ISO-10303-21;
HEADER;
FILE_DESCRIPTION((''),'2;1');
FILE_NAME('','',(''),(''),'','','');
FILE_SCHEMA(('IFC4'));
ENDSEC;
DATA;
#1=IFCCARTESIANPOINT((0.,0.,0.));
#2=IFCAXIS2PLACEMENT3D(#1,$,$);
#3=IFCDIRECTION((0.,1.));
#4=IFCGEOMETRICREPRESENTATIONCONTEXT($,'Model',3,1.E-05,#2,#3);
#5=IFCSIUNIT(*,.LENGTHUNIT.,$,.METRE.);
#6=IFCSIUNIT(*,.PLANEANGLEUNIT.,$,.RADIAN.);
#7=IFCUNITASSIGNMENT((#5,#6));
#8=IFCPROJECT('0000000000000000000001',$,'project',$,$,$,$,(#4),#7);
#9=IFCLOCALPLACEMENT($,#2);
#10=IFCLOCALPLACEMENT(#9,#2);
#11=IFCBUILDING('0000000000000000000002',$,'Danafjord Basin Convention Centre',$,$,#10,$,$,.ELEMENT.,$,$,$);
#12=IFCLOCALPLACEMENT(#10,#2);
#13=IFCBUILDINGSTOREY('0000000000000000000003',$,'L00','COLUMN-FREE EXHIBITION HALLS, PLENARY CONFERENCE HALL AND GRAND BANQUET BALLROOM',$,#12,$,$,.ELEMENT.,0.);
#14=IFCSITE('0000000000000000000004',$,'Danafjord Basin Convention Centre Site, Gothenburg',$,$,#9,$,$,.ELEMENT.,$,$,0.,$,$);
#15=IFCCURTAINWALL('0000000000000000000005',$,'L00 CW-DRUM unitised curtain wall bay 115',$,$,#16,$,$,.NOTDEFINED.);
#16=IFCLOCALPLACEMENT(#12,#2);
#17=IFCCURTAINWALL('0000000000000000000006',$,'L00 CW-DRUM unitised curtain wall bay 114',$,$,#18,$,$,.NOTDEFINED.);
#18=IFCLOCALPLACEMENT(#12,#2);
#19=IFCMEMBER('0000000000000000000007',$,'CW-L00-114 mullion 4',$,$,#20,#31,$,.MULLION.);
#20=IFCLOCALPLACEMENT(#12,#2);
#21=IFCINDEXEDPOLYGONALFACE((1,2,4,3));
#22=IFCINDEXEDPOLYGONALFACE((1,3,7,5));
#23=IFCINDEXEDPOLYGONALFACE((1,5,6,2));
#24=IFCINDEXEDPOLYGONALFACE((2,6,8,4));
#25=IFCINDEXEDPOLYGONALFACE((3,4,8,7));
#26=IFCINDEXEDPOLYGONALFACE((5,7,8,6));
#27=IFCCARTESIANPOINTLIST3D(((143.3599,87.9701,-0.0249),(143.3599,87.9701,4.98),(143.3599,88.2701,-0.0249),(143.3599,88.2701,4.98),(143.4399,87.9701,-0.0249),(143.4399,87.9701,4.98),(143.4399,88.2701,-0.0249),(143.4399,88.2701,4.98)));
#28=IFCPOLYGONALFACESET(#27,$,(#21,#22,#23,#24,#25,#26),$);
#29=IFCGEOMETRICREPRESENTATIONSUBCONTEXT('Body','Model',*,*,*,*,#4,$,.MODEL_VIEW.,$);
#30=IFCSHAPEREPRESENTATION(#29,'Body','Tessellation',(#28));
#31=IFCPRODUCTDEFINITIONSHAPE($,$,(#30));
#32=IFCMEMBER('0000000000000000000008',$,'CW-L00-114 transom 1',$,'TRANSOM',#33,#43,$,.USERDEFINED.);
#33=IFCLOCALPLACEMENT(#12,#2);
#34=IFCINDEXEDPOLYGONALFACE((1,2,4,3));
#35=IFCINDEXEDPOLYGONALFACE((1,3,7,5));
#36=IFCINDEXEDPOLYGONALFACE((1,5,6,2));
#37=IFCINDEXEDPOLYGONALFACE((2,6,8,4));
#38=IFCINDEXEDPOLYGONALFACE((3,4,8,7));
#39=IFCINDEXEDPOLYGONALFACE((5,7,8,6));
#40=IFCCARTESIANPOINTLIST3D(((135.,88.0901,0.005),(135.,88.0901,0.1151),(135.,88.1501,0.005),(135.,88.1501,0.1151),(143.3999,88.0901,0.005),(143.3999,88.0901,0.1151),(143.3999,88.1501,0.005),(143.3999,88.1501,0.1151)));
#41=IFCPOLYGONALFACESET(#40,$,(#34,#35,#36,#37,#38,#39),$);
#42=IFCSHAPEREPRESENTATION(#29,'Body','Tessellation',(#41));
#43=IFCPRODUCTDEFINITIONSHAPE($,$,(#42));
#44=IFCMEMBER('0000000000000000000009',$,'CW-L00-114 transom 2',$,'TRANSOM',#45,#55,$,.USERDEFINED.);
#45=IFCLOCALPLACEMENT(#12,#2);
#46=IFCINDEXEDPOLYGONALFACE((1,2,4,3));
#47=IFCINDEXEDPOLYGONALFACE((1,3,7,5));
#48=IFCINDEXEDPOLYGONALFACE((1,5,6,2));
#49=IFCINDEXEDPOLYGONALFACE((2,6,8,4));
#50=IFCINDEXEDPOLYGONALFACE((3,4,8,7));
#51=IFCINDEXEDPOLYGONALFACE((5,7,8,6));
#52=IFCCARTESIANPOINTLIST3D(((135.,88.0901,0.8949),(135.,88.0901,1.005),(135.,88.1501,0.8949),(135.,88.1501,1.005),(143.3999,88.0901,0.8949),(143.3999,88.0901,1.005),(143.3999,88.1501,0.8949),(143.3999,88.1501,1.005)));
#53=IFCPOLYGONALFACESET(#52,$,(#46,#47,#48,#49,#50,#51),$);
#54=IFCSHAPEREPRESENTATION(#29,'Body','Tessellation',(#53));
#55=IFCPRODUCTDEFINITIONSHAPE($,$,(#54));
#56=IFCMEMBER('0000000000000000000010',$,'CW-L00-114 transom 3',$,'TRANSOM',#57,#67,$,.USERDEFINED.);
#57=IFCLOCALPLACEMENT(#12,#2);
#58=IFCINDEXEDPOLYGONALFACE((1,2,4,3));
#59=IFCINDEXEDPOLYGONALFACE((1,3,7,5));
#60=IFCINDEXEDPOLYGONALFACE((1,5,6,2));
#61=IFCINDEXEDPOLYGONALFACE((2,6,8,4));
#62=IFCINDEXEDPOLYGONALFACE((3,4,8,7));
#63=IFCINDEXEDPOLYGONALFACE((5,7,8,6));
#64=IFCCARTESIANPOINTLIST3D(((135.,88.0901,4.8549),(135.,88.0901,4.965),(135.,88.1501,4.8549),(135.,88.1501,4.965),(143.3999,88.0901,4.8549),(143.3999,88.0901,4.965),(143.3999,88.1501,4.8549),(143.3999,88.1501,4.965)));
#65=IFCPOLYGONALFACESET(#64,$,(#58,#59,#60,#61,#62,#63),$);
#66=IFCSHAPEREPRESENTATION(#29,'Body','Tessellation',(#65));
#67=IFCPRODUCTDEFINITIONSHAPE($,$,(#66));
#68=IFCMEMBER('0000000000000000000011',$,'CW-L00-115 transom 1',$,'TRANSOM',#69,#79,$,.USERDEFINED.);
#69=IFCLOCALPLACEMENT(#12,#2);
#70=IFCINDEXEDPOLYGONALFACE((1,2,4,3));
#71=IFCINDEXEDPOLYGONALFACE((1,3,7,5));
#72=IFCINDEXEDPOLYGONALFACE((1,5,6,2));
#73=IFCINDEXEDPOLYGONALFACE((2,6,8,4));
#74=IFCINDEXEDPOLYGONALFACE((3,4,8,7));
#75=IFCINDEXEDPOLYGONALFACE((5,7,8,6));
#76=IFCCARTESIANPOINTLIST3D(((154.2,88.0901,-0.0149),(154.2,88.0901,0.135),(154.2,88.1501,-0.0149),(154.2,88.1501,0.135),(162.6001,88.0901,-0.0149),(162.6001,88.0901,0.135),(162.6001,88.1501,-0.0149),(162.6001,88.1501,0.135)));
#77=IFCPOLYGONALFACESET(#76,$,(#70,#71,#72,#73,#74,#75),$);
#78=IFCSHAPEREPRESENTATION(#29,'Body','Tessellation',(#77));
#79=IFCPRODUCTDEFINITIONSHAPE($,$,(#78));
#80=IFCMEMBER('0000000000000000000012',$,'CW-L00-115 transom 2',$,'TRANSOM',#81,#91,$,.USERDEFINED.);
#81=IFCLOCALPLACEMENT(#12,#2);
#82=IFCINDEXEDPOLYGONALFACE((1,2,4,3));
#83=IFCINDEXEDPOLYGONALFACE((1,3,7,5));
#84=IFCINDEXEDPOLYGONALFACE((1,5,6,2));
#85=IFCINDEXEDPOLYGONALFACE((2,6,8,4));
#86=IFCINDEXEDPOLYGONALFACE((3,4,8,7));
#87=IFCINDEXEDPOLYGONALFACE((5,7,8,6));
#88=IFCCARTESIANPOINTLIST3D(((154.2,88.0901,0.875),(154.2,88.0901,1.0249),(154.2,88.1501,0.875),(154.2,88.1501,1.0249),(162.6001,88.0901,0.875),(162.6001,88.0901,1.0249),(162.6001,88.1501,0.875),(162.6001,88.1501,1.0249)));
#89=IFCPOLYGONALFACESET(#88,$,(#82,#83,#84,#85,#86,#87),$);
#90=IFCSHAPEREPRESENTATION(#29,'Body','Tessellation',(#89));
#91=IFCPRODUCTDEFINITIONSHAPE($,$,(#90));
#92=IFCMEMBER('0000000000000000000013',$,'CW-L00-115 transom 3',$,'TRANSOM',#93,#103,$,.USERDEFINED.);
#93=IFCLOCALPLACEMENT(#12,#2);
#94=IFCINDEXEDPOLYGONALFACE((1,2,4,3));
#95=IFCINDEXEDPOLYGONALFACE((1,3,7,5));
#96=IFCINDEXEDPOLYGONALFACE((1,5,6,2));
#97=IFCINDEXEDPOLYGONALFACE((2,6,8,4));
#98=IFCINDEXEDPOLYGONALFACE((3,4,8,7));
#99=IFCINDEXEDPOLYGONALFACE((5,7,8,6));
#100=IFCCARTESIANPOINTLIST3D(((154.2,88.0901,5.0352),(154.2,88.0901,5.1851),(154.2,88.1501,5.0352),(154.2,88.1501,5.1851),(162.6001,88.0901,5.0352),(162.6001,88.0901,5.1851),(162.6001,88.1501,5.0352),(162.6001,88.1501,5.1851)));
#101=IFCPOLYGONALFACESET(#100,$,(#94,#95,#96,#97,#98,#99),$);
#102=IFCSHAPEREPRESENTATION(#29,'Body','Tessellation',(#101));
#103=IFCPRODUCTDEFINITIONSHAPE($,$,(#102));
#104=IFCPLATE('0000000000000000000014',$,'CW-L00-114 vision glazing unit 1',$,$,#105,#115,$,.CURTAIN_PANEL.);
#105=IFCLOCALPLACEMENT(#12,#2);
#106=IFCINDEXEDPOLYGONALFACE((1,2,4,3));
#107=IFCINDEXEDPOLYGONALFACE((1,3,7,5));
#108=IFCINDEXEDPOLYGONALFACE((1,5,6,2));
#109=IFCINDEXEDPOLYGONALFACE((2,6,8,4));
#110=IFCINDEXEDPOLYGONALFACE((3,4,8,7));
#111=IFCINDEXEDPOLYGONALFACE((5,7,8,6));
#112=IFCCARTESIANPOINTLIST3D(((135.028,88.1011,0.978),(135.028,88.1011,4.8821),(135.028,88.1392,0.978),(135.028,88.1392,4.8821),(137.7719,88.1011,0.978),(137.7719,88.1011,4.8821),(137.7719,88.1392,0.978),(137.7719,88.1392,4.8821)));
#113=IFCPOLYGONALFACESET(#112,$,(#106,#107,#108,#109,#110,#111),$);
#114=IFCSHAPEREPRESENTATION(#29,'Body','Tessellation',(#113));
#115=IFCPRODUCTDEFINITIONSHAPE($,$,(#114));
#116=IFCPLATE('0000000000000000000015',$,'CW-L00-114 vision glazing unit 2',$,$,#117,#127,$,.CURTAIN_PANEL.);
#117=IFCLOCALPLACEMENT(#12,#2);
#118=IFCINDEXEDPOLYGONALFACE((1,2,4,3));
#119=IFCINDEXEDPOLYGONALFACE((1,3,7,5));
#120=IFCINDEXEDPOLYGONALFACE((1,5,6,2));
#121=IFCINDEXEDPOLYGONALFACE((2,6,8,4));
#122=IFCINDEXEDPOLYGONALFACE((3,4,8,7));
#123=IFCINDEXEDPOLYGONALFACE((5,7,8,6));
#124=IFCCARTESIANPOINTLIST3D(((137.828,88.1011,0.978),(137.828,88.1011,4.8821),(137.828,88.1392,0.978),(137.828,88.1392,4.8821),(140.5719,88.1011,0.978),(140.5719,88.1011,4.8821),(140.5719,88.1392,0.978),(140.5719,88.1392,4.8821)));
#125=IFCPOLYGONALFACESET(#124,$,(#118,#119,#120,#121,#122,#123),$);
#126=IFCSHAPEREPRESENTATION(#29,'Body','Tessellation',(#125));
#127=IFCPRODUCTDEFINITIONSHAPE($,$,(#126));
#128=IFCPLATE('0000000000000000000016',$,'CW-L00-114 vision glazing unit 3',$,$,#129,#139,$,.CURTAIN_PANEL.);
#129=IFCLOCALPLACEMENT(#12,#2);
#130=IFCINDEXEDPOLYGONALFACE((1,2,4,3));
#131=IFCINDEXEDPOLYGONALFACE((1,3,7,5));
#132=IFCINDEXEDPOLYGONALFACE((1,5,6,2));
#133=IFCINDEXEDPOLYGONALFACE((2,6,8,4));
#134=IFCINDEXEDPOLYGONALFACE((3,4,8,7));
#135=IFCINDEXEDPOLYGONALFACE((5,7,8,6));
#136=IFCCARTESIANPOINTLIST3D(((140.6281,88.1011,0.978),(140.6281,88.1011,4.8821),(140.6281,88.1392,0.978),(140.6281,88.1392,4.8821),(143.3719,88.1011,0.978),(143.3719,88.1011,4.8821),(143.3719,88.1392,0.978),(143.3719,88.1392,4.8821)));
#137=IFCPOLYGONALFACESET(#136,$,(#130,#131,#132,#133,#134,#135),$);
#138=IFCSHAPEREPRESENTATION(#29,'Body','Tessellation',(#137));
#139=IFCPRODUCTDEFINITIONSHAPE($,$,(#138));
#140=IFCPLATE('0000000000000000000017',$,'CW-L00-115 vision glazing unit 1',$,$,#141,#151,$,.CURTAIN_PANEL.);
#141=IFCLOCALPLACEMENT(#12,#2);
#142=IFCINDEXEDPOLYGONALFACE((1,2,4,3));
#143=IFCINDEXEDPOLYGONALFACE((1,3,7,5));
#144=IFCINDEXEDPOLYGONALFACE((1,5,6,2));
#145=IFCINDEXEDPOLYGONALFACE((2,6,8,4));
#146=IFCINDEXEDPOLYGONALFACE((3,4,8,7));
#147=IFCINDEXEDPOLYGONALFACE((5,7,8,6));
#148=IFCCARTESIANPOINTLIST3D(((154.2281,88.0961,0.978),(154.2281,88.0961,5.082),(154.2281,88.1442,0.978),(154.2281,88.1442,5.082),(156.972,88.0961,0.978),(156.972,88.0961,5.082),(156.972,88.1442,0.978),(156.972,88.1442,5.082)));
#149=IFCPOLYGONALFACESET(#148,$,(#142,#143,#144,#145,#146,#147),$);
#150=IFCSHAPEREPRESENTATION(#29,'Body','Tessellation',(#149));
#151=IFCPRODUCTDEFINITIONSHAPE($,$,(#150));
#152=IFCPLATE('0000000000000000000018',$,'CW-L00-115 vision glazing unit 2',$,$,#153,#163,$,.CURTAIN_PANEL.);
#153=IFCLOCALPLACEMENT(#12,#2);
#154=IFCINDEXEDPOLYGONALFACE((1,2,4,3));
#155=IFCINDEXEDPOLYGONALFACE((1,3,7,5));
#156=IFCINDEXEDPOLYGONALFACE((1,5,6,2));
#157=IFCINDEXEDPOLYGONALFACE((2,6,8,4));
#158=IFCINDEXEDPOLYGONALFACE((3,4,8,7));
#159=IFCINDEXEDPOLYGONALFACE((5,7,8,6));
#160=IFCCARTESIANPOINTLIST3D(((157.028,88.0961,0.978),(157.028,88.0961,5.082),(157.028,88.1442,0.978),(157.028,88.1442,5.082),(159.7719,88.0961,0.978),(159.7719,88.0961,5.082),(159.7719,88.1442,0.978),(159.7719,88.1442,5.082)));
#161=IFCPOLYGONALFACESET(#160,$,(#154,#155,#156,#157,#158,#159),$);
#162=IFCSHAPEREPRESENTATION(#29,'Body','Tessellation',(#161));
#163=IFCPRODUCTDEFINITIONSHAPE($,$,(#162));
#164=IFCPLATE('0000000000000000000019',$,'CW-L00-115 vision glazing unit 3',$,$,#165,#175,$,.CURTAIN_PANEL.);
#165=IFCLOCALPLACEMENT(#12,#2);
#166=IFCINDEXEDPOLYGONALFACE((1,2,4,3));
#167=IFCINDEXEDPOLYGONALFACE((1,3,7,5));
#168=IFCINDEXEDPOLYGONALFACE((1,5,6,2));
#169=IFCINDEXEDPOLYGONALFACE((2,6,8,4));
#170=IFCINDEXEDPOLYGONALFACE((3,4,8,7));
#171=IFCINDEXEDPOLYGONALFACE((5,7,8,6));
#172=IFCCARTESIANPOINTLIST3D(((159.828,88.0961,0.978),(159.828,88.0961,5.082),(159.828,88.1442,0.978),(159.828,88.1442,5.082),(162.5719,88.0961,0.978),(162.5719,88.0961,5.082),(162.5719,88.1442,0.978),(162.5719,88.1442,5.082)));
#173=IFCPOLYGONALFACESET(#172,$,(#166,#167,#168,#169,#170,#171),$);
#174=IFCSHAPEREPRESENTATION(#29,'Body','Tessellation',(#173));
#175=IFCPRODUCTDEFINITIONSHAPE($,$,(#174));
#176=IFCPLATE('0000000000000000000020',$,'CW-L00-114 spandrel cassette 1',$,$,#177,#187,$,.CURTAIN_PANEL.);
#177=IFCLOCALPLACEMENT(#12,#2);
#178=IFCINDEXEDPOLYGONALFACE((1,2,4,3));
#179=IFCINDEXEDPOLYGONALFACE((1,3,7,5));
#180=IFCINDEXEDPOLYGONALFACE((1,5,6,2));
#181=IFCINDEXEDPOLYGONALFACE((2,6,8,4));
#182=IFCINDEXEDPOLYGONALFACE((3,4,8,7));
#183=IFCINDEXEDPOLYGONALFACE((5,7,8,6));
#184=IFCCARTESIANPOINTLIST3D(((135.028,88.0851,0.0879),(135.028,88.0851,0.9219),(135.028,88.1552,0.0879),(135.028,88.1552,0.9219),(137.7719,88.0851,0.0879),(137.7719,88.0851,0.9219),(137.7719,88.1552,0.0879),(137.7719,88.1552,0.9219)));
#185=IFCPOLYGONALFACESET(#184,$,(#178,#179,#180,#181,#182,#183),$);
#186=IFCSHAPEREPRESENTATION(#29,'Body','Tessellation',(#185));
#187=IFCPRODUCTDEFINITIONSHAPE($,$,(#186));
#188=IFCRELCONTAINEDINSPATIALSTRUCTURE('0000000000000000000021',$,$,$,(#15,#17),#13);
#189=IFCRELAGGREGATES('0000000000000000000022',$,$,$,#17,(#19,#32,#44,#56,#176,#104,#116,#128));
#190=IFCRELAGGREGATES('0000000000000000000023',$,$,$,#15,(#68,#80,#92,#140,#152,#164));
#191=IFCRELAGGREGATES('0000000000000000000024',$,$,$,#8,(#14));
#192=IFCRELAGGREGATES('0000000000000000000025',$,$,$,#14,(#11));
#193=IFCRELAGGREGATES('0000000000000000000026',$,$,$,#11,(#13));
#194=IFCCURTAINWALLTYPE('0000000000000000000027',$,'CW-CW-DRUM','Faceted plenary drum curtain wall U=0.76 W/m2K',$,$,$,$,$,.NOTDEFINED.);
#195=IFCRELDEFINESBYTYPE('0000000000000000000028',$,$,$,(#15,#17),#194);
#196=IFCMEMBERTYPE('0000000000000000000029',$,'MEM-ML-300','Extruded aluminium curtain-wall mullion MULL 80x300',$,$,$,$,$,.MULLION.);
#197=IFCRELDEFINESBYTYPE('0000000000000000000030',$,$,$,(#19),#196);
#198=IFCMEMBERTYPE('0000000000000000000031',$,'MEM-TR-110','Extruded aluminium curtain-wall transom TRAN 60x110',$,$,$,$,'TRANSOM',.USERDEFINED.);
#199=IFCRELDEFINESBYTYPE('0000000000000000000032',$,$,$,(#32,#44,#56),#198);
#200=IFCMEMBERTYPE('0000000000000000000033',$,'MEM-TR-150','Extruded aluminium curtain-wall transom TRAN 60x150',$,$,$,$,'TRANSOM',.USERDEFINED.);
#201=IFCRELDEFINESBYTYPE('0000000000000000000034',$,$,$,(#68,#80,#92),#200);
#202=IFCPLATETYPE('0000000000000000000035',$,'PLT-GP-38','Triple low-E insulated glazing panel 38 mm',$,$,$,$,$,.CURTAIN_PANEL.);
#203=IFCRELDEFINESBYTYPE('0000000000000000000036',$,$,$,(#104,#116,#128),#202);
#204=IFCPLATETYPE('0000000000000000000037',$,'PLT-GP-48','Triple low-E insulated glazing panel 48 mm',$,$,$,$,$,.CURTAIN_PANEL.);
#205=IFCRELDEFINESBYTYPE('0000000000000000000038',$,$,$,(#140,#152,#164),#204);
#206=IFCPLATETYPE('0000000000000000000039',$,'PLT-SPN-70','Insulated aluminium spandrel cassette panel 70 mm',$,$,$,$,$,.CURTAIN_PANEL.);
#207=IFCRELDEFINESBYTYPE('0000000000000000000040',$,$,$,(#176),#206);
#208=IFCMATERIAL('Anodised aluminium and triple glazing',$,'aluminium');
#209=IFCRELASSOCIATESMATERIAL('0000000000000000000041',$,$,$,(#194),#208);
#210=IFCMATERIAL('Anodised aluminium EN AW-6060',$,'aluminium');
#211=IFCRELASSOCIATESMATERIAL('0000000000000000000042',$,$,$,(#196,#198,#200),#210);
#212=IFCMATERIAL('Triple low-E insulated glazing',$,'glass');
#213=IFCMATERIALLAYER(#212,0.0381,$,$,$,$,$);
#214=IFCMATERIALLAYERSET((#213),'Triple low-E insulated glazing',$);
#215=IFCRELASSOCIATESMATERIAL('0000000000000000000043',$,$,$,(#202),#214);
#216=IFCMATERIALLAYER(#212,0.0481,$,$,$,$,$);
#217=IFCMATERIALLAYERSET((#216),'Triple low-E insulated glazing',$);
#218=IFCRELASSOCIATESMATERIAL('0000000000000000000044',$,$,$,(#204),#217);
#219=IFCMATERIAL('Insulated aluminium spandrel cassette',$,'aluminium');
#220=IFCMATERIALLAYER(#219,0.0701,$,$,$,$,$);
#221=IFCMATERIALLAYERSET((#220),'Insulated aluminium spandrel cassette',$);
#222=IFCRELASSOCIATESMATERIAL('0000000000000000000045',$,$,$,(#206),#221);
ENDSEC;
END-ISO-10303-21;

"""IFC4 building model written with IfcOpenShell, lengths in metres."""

from ifc_helpers import new_model, si_unit, direction, frame, origin, origin_2d, place, context, subcontext, project, spatial, rectangle, extrude, material, layer, layer_set, material_profile, profile_set, type_object, element, aggregate, save


model = new_model("IFC4")

# Units and contexts
model_context = context("Model", 3, precision=1e-05, world=origin(), true_north=direction((0.0, 1.0)))
body_context = subcontext(model_context, "Body", "Model", "MODEL_VIEW")
ifc_project = project(units=[si_unit("LENGTHUNIT", "METRE"), si_unit("PLANEANGLEUNIT", "RADIAN")], contexts=[model_context])

# Site, building, storey
site_placement = place(None, origin())
site = spatial("IfcSite", under=ifc_project, at=site_placement, Name="Danafjord Basin Convention Centre Site, Gothenburg", CompositionType="ELEMENT", RefElevation=0.0)
building_placement = place(site_placement, origin())
building = spatial("IfcBuilding", under=site, at=building_placement, Name="Danafjord Basin Convention Centre", CompositionType="ELEMENT")
storey_placement = place(building_placement, origin())
storey = spatial("IfcBuildingStorey", under=building, at=storey_placement, Name="L00", Description="COLUMN-FREE EXHIBITION HALLS, PLENARY CONFERENCE HALL AND GRAND BANQUET BALLROOM", CompositionType="ELEMENT", Elevation=0.0)

# Curtain walls, members
ifc_material_1 = material(Name="Anodised aluminium and triple glazing", Category="aluminium")
curtain_wall_type = type_object("IfcCurtainWallType", Name="CW-CW-DRUM", Description="Faceted plenary drum curtain wall U=0.76 W/m2K", PredefinedType="NOTDEFINED", material=ifc_material_1)
curtain_wall_1_placement = place(storey_placement, origin())
curtain_wall_1 = element("IfcCurtainWall", 1, at=curtain_wall_1_placement, inside=storey, type_object=curtain_wall_type, Name="L00 CW-DRUM unitised curtain wall bay 115", PredefinedType="NOTDEFINED")
ifc_material_2 = material(Name="Anodised aluminium EN AW-6060", Category="aluminium")
curtain_wall_2_placement = place(storey_placement, origin())
curtain_wall_2 = element("IfcCurtainWall", 2, at=curtain_wall_2_placement, inside=storey, type_object=curtain_wall_type, Name="L00 CW-DRUM unitised curtain wall bay 114", PredefinedType="NOTDEFINED")
ifc_material_profile_1 = material_profile(ifc_material_2, rectangle(XDim=0.0801, YDim=0.3, at=origin_2d()), Name="MULL 80x300")
ifc_profile_set_1 = profile_set([ifc_material_profile_1], Name="Anodised aluminium EN AW-6060")
member_type_1 = type_object("IfcMemberType", Name="MEM-ML-300", Description="Extruded aluminium curtain-wall mullion MULL 80x300", PredefinedType="MULLION", material=ifc_profile_set_1)
member_1_placement = place(storey_placement, frame((143.3999, 88.1201, -0.0249), z_axis=(0.0, 0.0, 1.0), x_axis=(1.0, 0.0, 0.0)))
member_1 = element("IfcMember", 3, at=member_1_placement, type_object=member_type_1, Name="CW-L00-114 mullion 4", PredefinedType="MULLION", context=body_context, shape_type="SweptSolid", body=[
    extrude(rectangle(XDim=0.0801, YDim=0.3, at=origin_2d()), origin(), (0.0, 0.0, 1.0), 5.0049),
])
ifc_material_profile_2 = material_profile(ifc_material_2, rectangle(XDim=0.0601, YDim=0.1101, at=origin_2d()), Name="TRAN 60x110")
ifc_profile_set_2 = profile_set([ifc_material_profile_2], Name="Anodised aluminium EN AW-6060")
member_type_2 = type_object("IfcMemberType", Name="MEM-TR-110", Description="Extruded aluminium curtain-wall transom TRAN 60x110", ElementType="TRANSOM", PredefinedType="USERDEFINED", material=ifc_profile_set_2)
member_2_placement = place(storey_placement, frame((135.0, 88.1201, 0.0601), z_axis=(1.0, 0.0, 0.0), x_axis=(0.0, 1.0, 0.0)))
member_2 = element("IfcMember", 4, at=member_2_placement, type_object=member_type_2, Name="CW-L00-114 transom 1", ObjectType="TRANSOM", PredefinedType="USERDEFINED", context=body_context, shape_type="SweptSolid", body=[
    extrude(rectangle(XDim=0.0601, YDim=0.1101, at=origin_2d()), origin(), (0.0, 0.0, 1.0), 8.3999),
])
member_3_placement = place(storey_placement, frame((135.0, 88.1201, 0.95), z_axis=(1.0, 0.0, 0.0), x_axis=(0.0, 1.0, 0.0)))
member_3 = element("IfcMember", 5, at=member_3_placement, type_object=member_type_2, Name="CW-L00-114 transom 2", ObjectType="TRANSOM", PredefinedType="USERDEFINED", context=body_context, shape_type="SweptSolid", body=[
    extrude(rectangle(XDim=0.0601, YDim=0.1101, at=origin_2d()), origin(), (0.0, 0.0, 1.0), 8.3999),
])
member_4_placement = place(storey_placement, frame((135.0, 88.1201, 4.9099), z_axis=(1.0, 0.0, 0.0), x_axis=(0.0, 1.0, 0.0)))
member_4 = element("IfcMember", 6, at=member_4_placement, type_object=member_type_2, Name="CW-L00-114 transom 3", ObjectType="TRANSOM", PredefinedType="USERDEFINED", context=body_context, shape_type="SweptSolid", body=[
    extrude(rectangle(XDim=0.0601, YDim=0.1101, at=origin_2d()), origin(), (0.0, 0.0, 1.0), 8.3999),
])

# Members
ifc_material_profile_3 = material_profile(ifc_material_2, rectangle(XDim=0.0601, YDim=0.1499, at=origin_2d()), Name="TRAN 60x150")
ifc_profile_set_3 = profile_set([ifc_material_profile_3], Name="Anodised aluminium EN AW-6060")
member_type_3 = type_object("IfcMemberType", Name="MEM-TR-150", Description="Extruded aluminium curtain-wall transom TRAN 60x150", ElementType="TRANSOM", PredefinedType="USERDEFINED", material=ifc_profile_set_3)
member_5_placement = place(storey_placement, frame((154.2, 88.1201, 0.0601), z_axis=(1.0, 0.0, 0.0), x_axis=(0.0, 1.0, 0.0)))
member_5 = element("IfcMember", 7, at=member_5_placement, type_object=member_type_3, Name="CW-L00-115 transom 1", ObjectType="TRANSOM", PredefinedType="USERDEFINED", context=body_context, shape_type="SweptSolid", body=[
    extrude(rectangle(XDim=0.0601, YDim=0.1499, at=origin_2d()), origin(), (0.0, 0.0, 1.0), 8.4001),
])
member_6_placement = place(storey_placement, frame((154.2, 88.1201, 0.95), z_axis=(1.0, 0.0, 0.0), x_axis=(0.0, 1.0, 0.0)))
member_6 = element("IfcMember", 8, at=member_6_placement, type_object=member_type_3, Name="CW-L00-115 transom 2", ObjectType="TRANSOM", PredefinedType="USERDEFINED", context=body_context, shape_type="SweptSolid", body=[
    extrude(rectangle(XDim=0.0601, YDim=0.1499, at=origin_2d()), origin(), (0.0, 0.0, 1.0), 8.4001),
])
member_7_placement = place(storey_placement, frame((154.2, 88.1201, 5.1101), z_axis=(1.0, 0.0, 0.0), x_axis=(0.0, 1.0, 0.0)))
member_7 = element("IfcMember", 9, at=member_7_placement, type_object=member_type_3, Name="CW-L00-115 transom 3", ObjectType="TRANSOM", PredefinedType="USERDEFINED", context=body_context, shape_type="SweptSolid", body=[
    extrude(rectangle(XDim=0.0601, YDim=0.1499, at=origin_2d()), origin(), (0.0, 0.0, 1.0), 8.4001),
])

# Plates
ifc_material_3 = material(Name="Triple low-E insulated glazing", Category="glass")
ifc_layer_1 = layer(ifc_material_3, 0.0381)
ifc_layer_set_1 = layer_set([ifc_layer_1], Name="Triple low-E insulated glazing")
plate_type_1 = type_object("IfcPlateType", Name="PLT-GP-38", Description="Triple low-E insulated glazing panel 38 mm", PredefinedType="CURTAIN_PANEL", material=ifc_layer_set_1)
plate_1_placement = place(storey_placement, frame((136.3999, 88.1201, 0.978), z_axis=(0.0, 0.0, 1.0), x_axis=(1.0, 0.0, 0.0)))
plate_1 = element("IfcPlate", 10, at=plate_1_placement, type_object=plate_type_1, Name="CW-L00-114 vision glazing unit 1", PredefinedType="CURTAIN_PANEL", context=body_context, shape_type="SweptSolid", body=[
    extrude(rectangle(XDim=2.7439, YDim=0.0381, at=origin_2d()), origin(), (0.0, 0.0, 1.0), 3.9041),
])
plate_2_placement = place(storey_placement, frame((139.2, 88.1201, 0.978), z_axis=(0.0, 0.0, 1.0), x_axis=(1.0, 0.0, 0.0)))
plate_2 = element("IfcPlate", 11, at=plate_2_placement, type_object=plate_type_1, Name="CW-L00-114 vision glazing unit 2", PredefinedType="CURTAIN_PANEL", context=body_context, shape_type="SweptSolid", body=[
    extrude(rectangle(XDim=2.7439, YDim=0.0381, at=origin_2d()), origin(), (0.0, 0.0, 1.0), 3.9041),
])
plate_3_placement = place(storey_placement, frame((142.0, 88.1201, 0.978), z_axis=(0.0, 0.0, 1.0), x_axis=(1.0, 0.0, 0.0)))
plate_3 = element("IfcPlate", 12, at=plate_3_placement, type_object=plate_type_1, Name="CW-L00-114 vision glazing unit 3", PredefinedType="CURTAIN_PANEL", context=body_context, shape_type="SweptSolid", body=[
    extrude(rectangle(XDim=2.7439, YDim=0.0381, at=origin_2d()), origin(), (0.0, 0.0, 1.0), 3.9041),
])
ifc_layer_2 = layer(ifc_material_3, 0.0481)
ifc_layer_set_2 = layer_set([ifc_layer_2], Name="Triple low-E insulated glazing")
plate_type_2 = type_object("IfcPlateType", Name="PLT-GP-48", Description="Triple low-E insulated glazing panel 48 mm", PredefinedType="CURTAIN_PANEL", material=ifc_layer_set_2)
plate_4_placement = place(storey_placement, frame((155.6001, 88.1201, 0.978), z_axis=(0.0, 0.0, 1.0), x_axis=(1.0, 0.0, 0.0)))
plate_4 = element("IfcPlate", 13, at=plate_4_placement, type_object=plate_type_2, Name="CW-L00-115 vision glazing unit 1", PredefinedType="CURTAIN_PANEL", context=body_context, shape_type="SweptSolid", body=[
    extrude(rectangle(XDim=2.7439, YDim=0.0481, at=origin_2d()), origin(), (0.0, 0.0, 1.0), 4.104),
])
plate_5_placement = place(storey_placement, frame((158.3999, 88.1201, 0.978), z_axis=(0.0, 0.0, 1.0), x_axis=(1.0, 0.0, 0.0)))
plate_5 = element("IfcPlate", 14, at=plate_5_placement, type_object=plate_type_2, Name="CW-L00-115 vision glazing unit 2", PredefinedType="CURTAIN_PANEL", context=body_context, shape_type="SweptSolid", body=[
    extrude(rectangle(XDim=2.7439, YDim=0.0481, at=origin_2d()), origin(), (0.0, 0.0, 1.0), 4.104),
])
plate_6_placement = place(storey_placement, frame((161.2, 88.1201, 0.978), z_axis=(0.0, 0.0, 1.0), x_axis=(1.0, 0.0, 0.0)))
plate_6 = element("IfcPlate", 15, at=plate_6_placement, type_object=plate_type_2, Name="CW-L00-115 vision glazing unit 3", PredefinedType="CURTAIN_PANEL", context=body_context, shape_type="SweptSolid", body=[
    extrude(rectangle(XDim=2.7439, YDim=0.0481, at=origin_2d()), origin(), (0.0, 0.0, 1.0), 4.104),
])
ifc_material_4 = material(Name="Insulated aluminium spandrel cassette", Category="aluminium")
ifc_layer_3 = layer(ifc_material_4, 0.0701)
ifc_layer_set_3 = layer_set([ifc_layer_3], Name="Insulated aluminium spandrel cassette")
plate_type_3 = type_object("IfcPlateType", Name="PLT-SPN-70", Description="Insulated aluminium spandrel cassette panel 70 mm", PredefinedType="CURTAIN_PANEL", material=ifc_layer_set_3)
plate_7_placement = place(storey_placement, frame((136.3999, 88.1201, 0.0879), z_axis=(0.0, 0.0, 1.0), x_axis=(1.0, 0.0, 0.0)))
plate_7 = element("IfcPlate", 16, at=plate_7_placement, type_object=plate_type_3, Name="CW-L00-114 spandrel cassette 1", PredefinedType="CURTAIN_PANEL", context=body_context, shape_type="SweptSolid", body=[
    extrude(rectangle(XDim=2.7439, YDim=0.0701, at=origin_2d()), origin(), (0.0, 0.0, 1.0), 0.834),
])
aggregate(curtain_wall_2, [member_1, member_2, member_3, member_4, plate_7, plate_1, plate_2, plate_3])
aggregate(curtain_wall_1, [member_5, member_6, member_7, plate_4, plate_5, plate_6])

save(model, "model.ifc")
